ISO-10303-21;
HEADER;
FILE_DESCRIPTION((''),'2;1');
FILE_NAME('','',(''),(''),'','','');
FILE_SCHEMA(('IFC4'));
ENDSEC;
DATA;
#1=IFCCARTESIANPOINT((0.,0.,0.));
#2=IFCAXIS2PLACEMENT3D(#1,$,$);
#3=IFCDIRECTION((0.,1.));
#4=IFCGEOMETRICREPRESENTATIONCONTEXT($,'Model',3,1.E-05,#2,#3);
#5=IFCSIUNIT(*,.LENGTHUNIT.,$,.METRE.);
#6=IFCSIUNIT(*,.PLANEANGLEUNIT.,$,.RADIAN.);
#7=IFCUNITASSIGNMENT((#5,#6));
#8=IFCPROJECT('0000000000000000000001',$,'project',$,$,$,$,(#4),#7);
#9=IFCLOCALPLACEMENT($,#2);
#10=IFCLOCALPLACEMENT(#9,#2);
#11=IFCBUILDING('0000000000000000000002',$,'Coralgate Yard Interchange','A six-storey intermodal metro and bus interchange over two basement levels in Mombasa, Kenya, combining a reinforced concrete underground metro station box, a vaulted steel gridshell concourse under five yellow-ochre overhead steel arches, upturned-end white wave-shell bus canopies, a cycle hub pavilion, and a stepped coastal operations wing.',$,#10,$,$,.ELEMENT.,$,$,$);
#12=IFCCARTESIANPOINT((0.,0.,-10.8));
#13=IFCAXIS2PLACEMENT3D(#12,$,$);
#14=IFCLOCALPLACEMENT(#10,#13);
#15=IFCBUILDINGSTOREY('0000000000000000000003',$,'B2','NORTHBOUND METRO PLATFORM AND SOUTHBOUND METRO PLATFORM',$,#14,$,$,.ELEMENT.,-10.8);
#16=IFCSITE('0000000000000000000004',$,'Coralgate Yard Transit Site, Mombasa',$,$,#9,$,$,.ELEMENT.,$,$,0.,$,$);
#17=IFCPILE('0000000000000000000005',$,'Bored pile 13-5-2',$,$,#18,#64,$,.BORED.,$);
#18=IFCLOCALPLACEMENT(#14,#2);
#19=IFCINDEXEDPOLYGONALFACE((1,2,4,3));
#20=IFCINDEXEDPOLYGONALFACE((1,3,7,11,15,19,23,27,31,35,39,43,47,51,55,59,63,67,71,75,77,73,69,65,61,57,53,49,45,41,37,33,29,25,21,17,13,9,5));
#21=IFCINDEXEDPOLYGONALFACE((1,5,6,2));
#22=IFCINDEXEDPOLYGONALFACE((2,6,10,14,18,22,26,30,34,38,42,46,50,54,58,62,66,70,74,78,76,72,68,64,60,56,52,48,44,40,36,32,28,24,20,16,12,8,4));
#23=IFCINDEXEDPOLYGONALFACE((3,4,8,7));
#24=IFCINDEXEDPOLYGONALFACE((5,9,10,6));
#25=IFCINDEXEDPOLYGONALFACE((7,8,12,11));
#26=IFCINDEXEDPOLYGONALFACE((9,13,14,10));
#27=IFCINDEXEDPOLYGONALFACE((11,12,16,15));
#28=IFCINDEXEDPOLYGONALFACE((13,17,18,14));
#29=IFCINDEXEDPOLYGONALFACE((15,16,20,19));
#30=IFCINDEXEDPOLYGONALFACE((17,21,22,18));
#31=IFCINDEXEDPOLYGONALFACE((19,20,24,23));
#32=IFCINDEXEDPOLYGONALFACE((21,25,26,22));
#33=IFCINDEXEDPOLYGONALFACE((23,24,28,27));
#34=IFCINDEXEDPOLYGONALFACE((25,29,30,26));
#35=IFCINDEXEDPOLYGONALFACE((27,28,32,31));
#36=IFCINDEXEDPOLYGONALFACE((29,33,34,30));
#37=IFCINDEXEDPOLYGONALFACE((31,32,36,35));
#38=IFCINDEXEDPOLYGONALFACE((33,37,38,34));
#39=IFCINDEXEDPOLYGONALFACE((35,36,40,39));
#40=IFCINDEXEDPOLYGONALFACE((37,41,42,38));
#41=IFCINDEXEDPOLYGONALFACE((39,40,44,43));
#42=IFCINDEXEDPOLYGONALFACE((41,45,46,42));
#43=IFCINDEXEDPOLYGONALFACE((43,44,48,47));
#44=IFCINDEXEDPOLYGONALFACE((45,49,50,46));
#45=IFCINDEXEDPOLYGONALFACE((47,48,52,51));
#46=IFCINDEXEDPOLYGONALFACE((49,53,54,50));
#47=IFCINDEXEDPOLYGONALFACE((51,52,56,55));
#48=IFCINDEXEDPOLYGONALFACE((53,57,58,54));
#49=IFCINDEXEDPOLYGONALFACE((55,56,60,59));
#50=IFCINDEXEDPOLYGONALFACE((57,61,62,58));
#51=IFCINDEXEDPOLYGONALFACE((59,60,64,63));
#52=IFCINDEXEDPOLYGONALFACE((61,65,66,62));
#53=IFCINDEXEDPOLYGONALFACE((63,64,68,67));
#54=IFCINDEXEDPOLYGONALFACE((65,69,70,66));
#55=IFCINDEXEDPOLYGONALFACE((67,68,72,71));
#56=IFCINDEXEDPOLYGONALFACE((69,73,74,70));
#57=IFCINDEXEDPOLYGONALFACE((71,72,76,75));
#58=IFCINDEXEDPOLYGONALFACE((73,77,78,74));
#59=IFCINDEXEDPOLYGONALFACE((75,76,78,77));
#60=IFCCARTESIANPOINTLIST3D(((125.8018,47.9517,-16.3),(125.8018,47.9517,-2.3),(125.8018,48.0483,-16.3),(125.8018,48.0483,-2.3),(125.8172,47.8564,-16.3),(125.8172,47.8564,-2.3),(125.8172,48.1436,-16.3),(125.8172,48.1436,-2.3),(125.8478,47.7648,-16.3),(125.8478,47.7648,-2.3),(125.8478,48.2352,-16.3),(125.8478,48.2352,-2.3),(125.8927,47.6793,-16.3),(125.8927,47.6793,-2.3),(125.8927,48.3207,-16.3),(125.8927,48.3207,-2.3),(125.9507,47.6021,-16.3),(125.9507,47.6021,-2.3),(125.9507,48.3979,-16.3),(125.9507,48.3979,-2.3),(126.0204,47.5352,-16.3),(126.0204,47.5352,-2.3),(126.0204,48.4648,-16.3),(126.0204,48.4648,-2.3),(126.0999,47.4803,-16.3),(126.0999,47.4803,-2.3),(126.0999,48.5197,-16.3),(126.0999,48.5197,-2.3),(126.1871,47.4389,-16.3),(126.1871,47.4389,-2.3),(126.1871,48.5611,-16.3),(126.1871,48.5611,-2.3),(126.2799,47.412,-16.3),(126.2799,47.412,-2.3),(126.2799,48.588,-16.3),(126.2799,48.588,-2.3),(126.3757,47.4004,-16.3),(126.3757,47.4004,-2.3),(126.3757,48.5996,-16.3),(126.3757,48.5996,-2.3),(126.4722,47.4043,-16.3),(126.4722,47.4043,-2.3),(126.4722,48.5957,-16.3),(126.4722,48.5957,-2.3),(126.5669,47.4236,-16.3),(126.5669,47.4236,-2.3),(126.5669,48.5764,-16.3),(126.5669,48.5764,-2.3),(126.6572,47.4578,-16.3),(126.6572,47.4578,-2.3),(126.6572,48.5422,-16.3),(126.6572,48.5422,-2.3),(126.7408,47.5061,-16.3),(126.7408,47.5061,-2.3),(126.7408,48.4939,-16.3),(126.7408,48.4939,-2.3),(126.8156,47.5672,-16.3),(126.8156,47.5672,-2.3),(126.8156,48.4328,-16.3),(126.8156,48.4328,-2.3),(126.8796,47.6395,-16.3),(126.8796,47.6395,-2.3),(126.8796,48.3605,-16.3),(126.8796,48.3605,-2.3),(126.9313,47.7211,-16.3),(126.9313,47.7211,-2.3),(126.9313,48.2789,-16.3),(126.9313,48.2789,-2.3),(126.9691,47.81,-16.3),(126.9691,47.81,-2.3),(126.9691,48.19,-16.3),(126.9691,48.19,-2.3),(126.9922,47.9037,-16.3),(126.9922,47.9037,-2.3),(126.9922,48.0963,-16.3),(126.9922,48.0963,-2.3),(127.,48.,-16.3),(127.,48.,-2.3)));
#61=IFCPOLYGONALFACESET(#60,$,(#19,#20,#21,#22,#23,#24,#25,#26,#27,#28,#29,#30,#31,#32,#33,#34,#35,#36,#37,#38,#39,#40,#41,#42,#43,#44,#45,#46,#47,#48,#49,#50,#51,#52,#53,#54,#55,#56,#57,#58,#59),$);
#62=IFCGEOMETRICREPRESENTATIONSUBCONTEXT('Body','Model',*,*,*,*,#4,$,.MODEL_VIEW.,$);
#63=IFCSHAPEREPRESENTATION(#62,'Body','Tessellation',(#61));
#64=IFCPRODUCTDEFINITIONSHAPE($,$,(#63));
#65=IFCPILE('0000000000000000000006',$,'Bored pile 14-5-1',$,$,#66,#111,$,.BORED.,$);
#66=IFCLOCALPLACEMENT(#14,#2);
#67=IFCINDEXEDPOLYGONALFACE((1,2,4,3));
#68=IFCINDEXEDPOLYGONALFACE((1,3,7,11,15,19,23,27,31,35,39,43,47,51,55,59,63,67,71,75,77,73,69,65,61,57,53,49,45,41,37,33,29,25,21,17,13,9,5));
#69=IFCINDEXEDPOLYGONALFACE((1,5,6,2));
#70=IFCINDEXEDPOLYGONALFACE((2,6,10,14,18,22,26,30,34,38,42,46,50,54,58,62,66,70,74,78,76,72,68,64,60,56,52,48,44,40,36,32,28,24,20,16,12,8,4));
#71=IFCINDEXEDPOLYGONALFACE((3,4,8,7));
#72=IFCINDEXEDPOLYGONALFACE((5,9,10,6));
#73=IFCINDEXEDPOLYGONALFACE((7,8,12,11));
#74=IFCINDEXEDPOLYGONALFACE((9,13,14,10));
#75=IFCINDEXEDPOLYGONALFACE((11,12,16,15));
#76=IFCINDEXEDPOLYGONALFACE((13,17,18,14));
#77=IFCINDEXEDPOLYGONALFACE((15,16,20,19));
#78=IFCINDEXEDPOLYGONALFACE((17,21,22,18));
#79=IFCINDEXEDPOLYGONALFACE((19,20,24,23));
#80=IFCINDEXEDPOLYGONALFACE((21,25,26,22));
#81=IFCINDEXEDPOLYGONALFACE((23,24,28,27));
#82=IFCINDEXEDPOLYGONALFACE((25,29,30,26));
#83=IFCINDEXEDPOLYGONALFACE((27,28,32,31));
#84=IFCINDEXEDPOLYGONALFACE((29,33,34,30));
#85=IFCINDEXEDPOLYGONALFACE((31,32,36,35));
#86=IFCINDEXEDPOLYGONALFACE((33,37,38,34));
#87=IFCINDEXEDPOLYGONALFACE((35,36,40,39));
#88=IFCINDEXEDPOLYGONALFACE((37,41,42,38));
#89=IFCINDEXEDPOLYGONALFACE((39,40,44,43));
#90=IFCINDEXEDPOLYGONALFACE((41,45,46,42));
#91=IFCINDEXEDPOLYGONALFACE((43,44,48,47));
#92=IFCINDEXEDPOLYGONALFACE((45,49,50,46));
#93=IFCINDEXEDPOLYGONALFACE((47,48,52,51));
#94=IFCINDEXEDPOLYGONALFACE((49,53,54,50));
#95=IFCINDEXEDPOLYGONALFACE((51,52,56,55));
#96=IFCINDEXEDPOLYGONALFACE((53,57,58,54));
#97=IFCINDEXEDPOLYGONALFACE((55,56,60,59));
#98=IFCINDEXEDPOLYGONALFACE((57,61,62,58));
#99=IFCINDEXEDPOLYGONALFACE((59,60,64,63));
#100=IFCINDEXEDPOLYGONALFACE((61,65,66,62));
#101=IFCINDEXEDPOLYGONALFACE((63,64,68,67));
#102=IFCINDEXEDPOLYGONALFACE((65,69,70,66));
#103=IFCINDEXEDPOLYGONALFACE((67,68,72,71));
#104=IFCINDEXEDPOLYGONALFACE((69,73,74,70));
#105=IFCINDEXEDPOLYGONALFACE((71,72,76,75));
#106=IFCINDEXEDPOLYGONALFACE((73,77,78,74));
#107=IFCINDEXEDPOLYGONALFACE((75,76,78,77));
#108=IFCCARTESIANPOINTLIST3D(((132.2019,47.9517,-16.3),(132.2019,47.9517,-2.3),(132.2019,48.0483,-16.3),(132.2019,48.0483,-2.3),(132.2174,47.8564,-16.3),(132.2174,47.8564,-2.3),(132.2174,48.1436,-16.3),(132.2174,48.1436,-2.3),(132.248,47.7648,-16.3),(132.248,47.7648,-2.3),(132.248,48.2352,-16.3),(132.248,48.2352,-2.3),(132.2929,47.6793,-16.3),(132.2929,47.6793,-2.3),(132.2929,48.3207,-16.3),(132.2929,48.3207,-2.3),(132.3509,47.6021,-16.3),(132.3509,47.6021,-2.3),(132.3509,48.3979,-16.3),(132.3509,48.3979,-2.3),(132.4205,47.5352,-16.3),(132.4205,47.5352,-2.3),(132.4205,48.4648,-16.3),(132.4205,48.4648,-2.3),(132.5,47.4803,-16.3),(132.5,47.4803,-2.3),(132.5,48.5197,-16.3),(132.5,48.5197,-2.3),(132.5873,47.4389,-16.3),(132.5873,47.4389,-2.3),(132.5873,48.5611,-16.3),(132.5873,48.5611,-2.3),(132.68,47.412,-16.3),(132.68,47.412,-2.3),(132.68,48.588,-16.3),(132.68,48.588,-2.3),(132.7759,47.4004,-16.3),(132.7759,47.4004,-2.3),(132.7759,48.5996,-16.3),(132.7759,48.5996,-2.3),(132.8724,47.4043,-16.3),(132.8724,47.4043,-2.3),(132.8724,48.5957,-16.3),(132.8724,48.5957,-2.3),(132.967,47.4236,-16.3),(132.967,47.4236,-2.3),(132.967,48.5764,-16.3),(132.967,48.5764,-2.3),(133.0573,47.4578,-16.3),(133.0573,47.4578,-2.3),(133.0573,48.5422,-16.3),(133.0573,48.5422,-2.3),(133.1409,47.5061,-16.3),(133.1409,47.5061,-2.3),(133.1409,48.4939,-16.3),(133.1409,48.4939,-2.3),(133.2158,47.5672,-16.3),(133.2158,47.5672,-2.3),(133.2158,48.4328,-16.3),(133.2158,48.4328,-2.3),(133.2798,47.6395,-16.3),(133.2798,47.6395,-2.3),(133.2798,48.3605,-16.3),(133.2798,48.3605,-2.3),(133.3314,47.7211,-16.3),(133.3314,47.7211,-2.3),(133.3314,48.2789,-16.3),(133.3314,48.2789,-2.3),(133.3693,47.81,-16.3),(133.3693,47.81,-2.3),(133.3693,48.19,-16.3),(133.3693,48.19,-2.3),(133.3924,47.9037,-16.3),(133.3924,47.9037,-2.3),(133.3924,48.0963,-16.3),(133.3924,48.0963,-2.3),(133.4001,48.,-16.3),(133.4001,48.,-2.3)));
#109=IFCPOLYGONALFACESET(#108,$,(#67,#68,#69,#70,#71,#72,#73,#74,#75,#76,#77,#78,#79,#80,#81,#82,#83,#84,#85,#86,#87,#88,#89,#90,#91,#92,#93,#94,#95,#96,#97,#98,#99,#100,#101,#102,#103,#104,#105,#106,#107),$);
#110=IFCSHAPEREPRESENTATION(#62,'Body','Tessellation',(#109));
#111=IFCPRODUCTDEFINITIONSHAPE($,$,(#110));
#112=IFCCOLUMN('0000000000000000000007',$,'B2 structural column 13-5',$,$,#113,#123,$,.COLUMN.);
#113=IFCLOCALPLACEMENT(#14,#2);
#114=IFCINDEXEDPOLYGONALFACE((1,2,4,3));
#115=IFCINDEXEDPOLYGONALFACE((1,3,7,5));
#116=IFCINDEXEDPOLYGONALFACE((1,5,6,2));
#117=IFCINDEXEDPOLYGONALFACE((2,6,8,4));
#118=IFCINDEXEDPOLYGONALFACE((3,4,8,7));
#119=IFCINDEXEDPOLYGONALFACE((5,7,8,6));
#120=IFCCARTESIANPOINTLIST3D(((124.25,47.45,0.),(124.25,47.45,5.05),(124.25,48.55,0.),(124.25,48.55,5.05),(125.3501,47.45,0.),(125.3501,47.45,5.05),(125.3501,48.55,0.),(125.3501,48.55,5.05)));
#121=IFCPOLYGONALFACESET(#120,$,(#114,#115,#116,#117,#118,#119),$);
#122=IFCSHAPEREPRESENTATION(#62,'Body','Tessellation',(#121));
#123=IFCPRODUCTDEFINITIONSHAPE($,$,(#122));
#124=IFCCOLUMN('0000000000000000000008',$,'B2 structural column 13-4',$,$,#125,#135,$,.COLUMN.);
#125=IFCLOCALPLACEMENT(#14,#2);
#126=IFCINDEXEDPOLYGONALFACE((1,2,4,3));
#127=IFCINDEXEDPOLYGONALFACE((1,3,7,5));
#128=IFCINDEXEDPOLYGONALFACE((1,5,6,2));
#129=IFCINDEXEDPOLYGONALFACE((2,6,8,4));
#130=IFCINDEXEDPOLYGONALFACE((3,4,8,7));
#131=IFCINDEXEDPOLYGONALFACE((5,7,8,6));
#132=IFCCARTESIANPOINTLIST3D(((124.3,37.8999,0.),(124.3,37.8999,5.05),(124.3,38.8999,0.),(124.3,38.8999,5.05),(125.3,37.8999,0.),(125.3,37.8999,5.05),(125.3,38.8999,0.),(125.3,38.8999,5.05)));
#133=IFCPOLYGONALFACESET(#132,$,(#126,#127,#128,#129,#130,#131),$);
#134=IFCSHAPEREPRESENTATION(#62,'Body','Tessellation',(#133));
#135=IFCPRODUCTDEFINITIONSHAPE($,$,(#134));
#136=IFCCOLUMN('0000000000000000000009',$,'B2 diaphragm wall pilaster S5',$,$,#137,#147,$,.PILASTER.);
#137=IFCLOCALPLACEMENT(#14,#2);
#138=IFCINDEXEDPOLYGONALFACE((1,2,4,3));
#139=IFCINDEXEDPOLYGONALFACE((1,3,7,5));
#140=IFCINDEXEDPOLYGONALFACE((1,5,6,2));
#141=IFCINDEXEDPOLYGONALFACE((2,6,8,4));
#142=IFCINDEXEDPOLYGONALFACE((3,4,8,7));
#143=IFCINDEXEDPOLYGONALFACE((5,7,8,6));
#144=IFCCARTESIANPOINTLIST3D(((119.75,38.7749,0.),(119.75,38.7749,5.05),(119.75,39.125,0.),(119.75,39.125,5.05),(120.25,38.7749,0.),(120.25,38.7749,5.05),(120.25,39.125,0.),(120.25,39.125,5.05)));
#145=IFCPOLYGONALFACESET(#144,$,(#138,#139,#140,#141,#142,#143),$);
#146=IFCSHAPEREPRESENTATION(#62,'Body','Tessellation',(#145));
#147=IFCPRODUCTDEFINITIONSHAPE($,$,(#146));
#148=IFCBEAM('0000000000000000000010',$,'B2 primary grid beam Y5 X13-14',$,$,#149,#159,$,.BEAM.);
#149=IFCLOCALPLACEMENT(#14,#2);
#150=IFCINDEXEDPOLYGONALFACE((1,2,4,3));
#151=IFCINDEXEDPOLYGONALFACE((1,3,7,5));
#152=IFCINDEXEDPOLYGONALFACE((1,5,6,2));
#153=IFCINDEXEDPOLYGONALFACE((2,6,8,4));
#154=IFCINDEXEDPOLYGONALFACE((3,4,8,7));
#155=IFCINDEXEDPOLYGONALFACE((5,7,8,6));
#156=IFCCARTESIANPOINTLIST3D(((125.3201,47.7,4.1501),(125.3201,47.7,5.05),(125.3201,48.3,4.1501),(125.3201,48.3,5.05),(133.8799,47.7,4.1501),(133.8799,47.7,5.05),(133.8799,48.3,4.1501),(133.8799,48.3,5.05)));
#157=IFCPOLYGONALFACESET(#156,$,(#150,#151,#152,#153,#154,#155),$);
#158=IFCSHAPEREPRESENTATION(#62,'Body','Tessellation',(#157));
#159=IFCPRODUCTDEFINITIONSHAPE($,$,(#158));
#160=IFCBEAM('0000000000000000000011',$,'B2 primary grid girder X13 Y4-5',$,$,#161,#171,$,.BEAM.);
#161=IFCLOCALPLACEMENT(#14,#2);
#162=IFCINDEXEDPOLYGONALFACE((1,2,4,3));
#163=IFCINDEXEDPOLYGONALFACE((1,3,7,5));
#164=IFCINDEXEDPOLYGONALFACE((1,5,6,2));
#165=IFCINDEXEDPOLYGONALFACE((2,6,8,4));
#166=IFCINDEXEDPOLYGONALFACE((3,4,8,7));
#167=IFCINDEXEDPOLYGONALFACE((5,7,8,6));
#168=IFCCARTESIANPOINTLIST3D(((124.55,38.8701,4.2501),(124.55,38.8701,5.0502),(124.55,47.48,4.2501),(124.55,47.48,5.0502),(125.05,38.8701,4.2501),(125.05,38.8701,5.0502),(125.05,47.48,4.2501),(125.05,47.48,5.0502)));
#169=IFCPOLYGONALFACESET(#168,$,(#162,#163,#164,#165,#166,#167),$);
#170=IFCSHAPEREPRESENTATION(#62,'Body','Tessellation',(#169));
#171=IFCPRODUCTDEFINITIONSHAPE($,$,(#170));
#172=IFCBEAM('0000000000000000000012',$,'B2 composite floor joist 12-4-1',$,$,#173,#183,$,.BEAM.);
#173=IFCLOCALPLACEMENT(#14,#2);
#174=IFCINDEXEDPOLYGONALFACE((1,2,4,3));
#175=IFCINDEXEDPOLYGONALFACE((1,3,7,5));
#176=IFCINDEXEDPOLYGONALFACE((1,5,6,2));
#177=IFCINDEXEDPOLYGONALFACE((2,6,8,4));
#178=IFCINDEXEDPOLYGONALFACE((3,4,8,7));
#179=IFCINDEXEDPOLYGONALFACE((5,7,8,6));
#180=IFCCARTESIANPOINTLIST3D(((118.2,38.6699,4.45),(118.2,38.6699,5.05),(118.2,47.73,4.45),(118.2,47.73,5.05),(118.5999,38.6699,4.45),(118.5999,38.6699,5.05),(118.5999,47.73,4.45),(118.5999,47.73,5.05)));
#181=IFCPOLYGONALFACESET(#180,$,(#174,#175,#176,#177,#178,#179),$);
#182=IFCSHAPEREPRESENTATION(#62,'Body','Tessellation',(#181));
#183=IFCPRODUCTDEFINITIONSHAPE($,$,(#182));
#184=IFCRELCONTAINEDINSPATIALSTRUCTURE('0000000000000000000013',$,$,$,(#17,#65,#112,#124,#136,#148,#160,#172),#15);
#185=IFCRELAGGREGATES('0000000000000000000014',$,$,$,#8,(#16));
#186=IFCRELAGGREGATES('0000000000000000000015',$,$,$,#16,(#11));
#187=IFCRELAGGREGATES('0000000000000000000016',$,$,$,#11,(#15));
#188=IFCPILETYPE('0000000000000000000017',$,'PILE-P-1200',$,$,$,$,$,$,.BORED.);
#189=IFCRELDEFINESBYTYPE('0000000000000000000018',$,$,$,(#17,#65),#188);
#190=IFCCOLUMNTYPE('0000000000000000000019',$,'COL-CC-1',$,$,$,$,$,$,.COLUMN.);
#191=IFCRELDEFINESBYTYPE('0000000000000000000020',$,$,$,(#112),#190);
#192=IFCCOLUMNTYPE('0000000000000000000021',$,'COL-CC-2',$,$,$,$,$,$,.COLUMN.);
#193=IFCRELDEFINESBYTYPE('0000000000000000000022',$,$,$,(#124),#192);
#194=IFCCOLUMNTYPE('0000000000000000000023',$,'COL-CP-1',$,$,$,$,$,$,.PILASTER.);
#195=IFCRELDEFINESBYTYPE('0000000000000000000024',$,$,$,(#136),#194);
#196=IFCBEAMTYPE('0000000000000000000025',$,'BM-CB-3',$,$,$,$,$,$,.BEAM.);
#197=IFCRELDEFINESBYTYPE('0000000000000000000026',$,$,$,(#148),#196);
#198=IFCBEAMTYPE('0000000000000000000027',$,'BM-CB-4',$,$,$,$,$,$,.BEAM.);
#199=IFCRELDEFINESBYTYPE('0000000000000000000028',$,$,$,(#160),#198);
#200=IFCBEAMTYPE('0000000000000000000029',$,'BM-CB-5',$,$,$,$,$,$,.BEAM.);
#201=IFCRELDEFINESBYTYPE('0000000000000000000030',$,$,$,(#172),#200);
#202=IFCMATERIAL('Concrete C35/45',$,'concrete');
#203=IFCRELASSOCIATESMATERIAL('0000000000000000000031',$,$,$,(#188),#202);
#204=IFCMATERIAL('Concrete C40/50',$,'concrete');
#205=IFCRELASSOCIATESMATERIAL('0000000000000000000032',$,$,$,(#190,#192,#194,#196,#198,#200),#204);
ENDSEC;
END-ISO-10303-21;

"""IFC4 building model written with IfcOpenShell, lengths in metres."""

from ifc_helpers import new_model, si_unit, direction, frame, origin, origin_2d, place, context, subcontext, project, spatial, rectangle, circle, extrude, material, material_profile, profile_set, type_object, element, save


model = new_model("IFC4")

# Units and contexts
model_context = context("Model", 3, precision=1e-05, world=origin(), true_north=direction((0.0, 1.0)))
body_context = subcontext(model_context, "Body", "Model", "MODEL_VIEW")
ifc_project = project(units=[si_unit("LENGTHUNIT", "METRE"), si_unit("PLANEANGLEUNIT", "RADIAN")], contexts=[model_context])

# Site, building, storey
site_placement = place(None, origin())
site = spatial("IfcSite", under=ifc_project, at=site_placement, Name="Coralgate Yard Transit Site, Mombasa", CompositionType="ELEMENT", RefElevation=0.0)
building_placement = place(site_placement, origin())
building = spatial("IfcBuilding", under=site, at=building_placement, Name="Coralgate Yard Interchange", Description="A six-storey intermodal metro and bus interchange over two basement levels in Mombasa, Kenya, combining a reinforced concrete underground metro station box, a vaulted steel gridshell concourse under five yellow-ochre overhead steel arches, upturned-end white wave-shell bus canopies, a cycle hub pavilion, and a stepped coastal operations wing.", CompositionType="ELEMENT")
storey_placement = place(building_placement, frame((0.0, 0.0, -10.8)))
storey = spatial("IfcBuildingStorey", under=building, at=storey_placement, Name="B2", Description="NORTHBOUND METRO PLATFORM AND SOUTHBOUND METRO PLATFORM", CompositionType="ELEMENT", Elevation=-10.8)

# Shared definitions
ifc_material_1 = material(Name="Concrete C40/50", Category="concrete")

# Piles
ifc_material_2 = material(Name="Concrete C35/45", Category="concrete")
ifc_material_profile_1 = material_profile(ifc_material_2, circle(Radius=0.6001, at=origin_2d()), Name="BORED PILE D1200")
ifc_profile_set_1 = profile_set([ifc_material_profile_1], Name="Concrete C35/45")
pile_type_1 = type_object("IfcPileType", Name="PILE-P-1200", PredefinedType="BORED", material=ifc_profile_set_1)
for number, where, z_axis, x_axis, name in (
    (1, (126.3999, 48.0, -2.3), (0.0, 0.0, -1.0), (1.0, 0.0, 0.0), "Bored pile 13-5-2"),
    (2, (132.8, 48.0, -2.3), (0.0, 0.0, -1.0), (1.0, 0.0, 0.0), "Bored pile 14-5-1"),
):
    element("IfcPile", number, at=place(storey_placement, frame(where, z_axis=z_axis, x_axis=x_axis)), inside=storey, type_object=pile_type_1, Name=name, PredefinedType="BORED", context=body_context, shape_type="SweptSolid", body=[
        extrude(circle(Radius=0.6001, at=origin_2d()), origin(), (0.0, 0.0, 1.0), 14.0),
    ])

# Columns
ifc_material_profile_2 = material_profile(ifc_material_1, rectangle(XDim=1.1001, YDim=1.1001, at=origin_2d()), Name="RC 1100x1100")
ifc_profile_set_2 = profile_set([ifc_material_profile_2], Name="Concrete C40/50")
column_type_1 = type_object("IfcColumnType", Name="COL-CC-1", PredefinedType="COLUMN", material=ifc_profile_set_2)
column_1_placement = place(storey_placement, frame((124.8, 48.0, 0.0), z_axis=(0.0, 0.0, 1.0), x_axis=(1.0, 0.0, 0.0)))
element("IfcColumn", 3, at=column_1_placement, inside=storey, type_object=column_type_1, Name="B2 structural column 13-5", PredefinedType="COLUMN", context=body_context, shape_type="SweptSolid", body=[
    extrude(rectangle(XDim=1.1001, YDim=1.1001, at=origin_2d()), origin(), (0.0, 0.0, 1.0), 5.05),
])
ifc_material_profile_3 = material_profile(ifc_material_1, rectangle(XDim=1.0, YDim=1.0, at=origin_2d()), Name="RC 1000x1000")
ifc_profile_set_3 = profile_set([ifc_material_profile_3], Name="Concrete C40/50")
column_type_2 = type_object("IfcColumnType", Name="COL-CC-2", PredefinedType="COLUMN", material=ifc_profile_set_3)
column_2_placement = place(storey_placement, frame((124.8, 38.3999, 0.0), z_axis=(0.0, 0.0, 1.0), x_axis=(1.0, 0.0, 0.0)))
element("IfcColumn", 4, at=column_2_placement, inside=storey, type_object=column_type_2, Name="B2 structural column 13-4", PredefinedType="COLUMN", context=body_context, shape_type="SweptSolid", body=[
    extrude(rectangle(XDim=1.0, YDim=1.0, at=origin_2d()), origin(), (0.0, 0.0, 1.0), 5.05),
])
ifc_material_profile_4 = material_profile(ifc_material_1, rectangle(XDim=0.5, YDim=0.3501, at=origin_2d()), Name="RC 500x350")
ifc_profile_set_4 = profile_set([ifc_material_profile_4], Name="Concrete C40/50")
column_type_3 = type_object("IfcColumnType", Name="COL-CP-1", PredefinedType="PILASTER", material=ifc_profile_set_4)
column_3_placement = place(storey_placement, frame((120.0, 38.95, 0.0), z_axis=(0.0, 0.0, 1.0), x_axis=(1.0, 0.0, 0.0)))
element("IfcColumn", 5, at=column_3_placement, inside=storey, type_object=column_type_3, Name="B2 diaphragm wall pilaster S5", PredefinedType="PILASTER", context=body_context, shape_type="SweptSolid", body=[
    extrude(rectangle(XDim=0.5, YDim=0.3501, at=origin_2d()), origin(), (0.0, 0.0, 1.0), 5.05),
])

# Beams
ifc_material_profile_5 = material_profile(ifc_material_1, rectangle(XDim=0.6001, YDim=0.8999, at=origin_2d()), Name="RC 600x900")
ifc_profile_set_5 = profile_set([ifc_material_profile_5], Name="Concrete C40/50")
beam_type_1 = type_object("IfcBeamType", Name="BM-CB-3", PredefinedType="BEAM", material=ifc_profile_set_5)
beam_1_placement = place(storey_placement, frame((125.3201, 48.0, 4.6001), z_axis=(1.0, 0.0, 0.0), x_axis=(0.0, 1.0, 0.0)))
element("IfcBeam", 6, at=beam_1_placement, inside=storey, type_object=beam_type_1, Name="B2 primary grid beam Y5 X13-14", PredefinedType="BEAM", context=body_context, shape_type="SweptSolid", body=[
    extrude(rectangle(XDim=0.6001, YDim=0.8999, at=origin_2d()), origin(), (0.0, 0.0, 1.0), 8.5598),
])
ifc_material_profile_6 = material_profile(ifc_material_1, rectangle(XDim=0.5, YDim=0.8, at=origin_2d()), Name="RC 500x800")
ifc_profile_set_6 = profile_set([ifc_material_profile_6], Name="Concrete C40/50")
beam_type_2 = type_object("IfcBeamType", Name="BM-CB-4", PredefinedType="BEAM", material=ifc_profile_set_6)
beam_2_placement = place(storey_placement, frame((124.8, 38.8701, 4.6501), z_axis=(0.0, 1.0, 0.0), x_axis=(-1.0, 0.0, 0.0)))
element("IfcBeam", 7, at=beam_2_placement, inside=storey, type_object=beam_type_2, Name="B2 primary grid girder X13 Y4-5", PredefinedType="BEAM", context=body_context, shape_type="SweptSolid", body=[
    extrude(rectangle(XDim=0.5, YDim=0.8, at=origin_2d()), origin(), (0.0, 0.0, 1.0), 8.6099),
])
ifc_material_profile_7 = material_profile(ifc_material_1, rectangle(XDim=0.3999, YDim=0.6001, at=origin_2d()), Name="RC 400x600")
ifc_profile_set_7 = profile_set([ifc_material_profile_7], Name="Concrete C40/50")
beam_type_3 = type_object("IfcBeamType", Name="BM-CB-5", PredefinedType="BEAM", material=ifc_profile_set_7)
for number, where, z_axis, x_axis, name in (
    (8, (118.3999, 38.6699, 4.75), (0.0, 1.0, 0.0), (-1.0, 0.0, 0.0), "B2 composite floor joist 12-4-1"),
):
    element("IfcBeam", number, at=place(storey_placement, frame(where, z_axis=z_axis, x_axis=x_axis)), inside=storey, type_object=beam_type_3, Name=name, PredefinedType="BEAM", context=body_context, shape_type="SweptSolid", body=[
        extrude(rectangle(XDim=0.3999, YDim=0.6001, at=origin_2d()), origin(), (0.0, 0.0, 1.0), 9.0601),
    ])

save(model, "model.ifc")
